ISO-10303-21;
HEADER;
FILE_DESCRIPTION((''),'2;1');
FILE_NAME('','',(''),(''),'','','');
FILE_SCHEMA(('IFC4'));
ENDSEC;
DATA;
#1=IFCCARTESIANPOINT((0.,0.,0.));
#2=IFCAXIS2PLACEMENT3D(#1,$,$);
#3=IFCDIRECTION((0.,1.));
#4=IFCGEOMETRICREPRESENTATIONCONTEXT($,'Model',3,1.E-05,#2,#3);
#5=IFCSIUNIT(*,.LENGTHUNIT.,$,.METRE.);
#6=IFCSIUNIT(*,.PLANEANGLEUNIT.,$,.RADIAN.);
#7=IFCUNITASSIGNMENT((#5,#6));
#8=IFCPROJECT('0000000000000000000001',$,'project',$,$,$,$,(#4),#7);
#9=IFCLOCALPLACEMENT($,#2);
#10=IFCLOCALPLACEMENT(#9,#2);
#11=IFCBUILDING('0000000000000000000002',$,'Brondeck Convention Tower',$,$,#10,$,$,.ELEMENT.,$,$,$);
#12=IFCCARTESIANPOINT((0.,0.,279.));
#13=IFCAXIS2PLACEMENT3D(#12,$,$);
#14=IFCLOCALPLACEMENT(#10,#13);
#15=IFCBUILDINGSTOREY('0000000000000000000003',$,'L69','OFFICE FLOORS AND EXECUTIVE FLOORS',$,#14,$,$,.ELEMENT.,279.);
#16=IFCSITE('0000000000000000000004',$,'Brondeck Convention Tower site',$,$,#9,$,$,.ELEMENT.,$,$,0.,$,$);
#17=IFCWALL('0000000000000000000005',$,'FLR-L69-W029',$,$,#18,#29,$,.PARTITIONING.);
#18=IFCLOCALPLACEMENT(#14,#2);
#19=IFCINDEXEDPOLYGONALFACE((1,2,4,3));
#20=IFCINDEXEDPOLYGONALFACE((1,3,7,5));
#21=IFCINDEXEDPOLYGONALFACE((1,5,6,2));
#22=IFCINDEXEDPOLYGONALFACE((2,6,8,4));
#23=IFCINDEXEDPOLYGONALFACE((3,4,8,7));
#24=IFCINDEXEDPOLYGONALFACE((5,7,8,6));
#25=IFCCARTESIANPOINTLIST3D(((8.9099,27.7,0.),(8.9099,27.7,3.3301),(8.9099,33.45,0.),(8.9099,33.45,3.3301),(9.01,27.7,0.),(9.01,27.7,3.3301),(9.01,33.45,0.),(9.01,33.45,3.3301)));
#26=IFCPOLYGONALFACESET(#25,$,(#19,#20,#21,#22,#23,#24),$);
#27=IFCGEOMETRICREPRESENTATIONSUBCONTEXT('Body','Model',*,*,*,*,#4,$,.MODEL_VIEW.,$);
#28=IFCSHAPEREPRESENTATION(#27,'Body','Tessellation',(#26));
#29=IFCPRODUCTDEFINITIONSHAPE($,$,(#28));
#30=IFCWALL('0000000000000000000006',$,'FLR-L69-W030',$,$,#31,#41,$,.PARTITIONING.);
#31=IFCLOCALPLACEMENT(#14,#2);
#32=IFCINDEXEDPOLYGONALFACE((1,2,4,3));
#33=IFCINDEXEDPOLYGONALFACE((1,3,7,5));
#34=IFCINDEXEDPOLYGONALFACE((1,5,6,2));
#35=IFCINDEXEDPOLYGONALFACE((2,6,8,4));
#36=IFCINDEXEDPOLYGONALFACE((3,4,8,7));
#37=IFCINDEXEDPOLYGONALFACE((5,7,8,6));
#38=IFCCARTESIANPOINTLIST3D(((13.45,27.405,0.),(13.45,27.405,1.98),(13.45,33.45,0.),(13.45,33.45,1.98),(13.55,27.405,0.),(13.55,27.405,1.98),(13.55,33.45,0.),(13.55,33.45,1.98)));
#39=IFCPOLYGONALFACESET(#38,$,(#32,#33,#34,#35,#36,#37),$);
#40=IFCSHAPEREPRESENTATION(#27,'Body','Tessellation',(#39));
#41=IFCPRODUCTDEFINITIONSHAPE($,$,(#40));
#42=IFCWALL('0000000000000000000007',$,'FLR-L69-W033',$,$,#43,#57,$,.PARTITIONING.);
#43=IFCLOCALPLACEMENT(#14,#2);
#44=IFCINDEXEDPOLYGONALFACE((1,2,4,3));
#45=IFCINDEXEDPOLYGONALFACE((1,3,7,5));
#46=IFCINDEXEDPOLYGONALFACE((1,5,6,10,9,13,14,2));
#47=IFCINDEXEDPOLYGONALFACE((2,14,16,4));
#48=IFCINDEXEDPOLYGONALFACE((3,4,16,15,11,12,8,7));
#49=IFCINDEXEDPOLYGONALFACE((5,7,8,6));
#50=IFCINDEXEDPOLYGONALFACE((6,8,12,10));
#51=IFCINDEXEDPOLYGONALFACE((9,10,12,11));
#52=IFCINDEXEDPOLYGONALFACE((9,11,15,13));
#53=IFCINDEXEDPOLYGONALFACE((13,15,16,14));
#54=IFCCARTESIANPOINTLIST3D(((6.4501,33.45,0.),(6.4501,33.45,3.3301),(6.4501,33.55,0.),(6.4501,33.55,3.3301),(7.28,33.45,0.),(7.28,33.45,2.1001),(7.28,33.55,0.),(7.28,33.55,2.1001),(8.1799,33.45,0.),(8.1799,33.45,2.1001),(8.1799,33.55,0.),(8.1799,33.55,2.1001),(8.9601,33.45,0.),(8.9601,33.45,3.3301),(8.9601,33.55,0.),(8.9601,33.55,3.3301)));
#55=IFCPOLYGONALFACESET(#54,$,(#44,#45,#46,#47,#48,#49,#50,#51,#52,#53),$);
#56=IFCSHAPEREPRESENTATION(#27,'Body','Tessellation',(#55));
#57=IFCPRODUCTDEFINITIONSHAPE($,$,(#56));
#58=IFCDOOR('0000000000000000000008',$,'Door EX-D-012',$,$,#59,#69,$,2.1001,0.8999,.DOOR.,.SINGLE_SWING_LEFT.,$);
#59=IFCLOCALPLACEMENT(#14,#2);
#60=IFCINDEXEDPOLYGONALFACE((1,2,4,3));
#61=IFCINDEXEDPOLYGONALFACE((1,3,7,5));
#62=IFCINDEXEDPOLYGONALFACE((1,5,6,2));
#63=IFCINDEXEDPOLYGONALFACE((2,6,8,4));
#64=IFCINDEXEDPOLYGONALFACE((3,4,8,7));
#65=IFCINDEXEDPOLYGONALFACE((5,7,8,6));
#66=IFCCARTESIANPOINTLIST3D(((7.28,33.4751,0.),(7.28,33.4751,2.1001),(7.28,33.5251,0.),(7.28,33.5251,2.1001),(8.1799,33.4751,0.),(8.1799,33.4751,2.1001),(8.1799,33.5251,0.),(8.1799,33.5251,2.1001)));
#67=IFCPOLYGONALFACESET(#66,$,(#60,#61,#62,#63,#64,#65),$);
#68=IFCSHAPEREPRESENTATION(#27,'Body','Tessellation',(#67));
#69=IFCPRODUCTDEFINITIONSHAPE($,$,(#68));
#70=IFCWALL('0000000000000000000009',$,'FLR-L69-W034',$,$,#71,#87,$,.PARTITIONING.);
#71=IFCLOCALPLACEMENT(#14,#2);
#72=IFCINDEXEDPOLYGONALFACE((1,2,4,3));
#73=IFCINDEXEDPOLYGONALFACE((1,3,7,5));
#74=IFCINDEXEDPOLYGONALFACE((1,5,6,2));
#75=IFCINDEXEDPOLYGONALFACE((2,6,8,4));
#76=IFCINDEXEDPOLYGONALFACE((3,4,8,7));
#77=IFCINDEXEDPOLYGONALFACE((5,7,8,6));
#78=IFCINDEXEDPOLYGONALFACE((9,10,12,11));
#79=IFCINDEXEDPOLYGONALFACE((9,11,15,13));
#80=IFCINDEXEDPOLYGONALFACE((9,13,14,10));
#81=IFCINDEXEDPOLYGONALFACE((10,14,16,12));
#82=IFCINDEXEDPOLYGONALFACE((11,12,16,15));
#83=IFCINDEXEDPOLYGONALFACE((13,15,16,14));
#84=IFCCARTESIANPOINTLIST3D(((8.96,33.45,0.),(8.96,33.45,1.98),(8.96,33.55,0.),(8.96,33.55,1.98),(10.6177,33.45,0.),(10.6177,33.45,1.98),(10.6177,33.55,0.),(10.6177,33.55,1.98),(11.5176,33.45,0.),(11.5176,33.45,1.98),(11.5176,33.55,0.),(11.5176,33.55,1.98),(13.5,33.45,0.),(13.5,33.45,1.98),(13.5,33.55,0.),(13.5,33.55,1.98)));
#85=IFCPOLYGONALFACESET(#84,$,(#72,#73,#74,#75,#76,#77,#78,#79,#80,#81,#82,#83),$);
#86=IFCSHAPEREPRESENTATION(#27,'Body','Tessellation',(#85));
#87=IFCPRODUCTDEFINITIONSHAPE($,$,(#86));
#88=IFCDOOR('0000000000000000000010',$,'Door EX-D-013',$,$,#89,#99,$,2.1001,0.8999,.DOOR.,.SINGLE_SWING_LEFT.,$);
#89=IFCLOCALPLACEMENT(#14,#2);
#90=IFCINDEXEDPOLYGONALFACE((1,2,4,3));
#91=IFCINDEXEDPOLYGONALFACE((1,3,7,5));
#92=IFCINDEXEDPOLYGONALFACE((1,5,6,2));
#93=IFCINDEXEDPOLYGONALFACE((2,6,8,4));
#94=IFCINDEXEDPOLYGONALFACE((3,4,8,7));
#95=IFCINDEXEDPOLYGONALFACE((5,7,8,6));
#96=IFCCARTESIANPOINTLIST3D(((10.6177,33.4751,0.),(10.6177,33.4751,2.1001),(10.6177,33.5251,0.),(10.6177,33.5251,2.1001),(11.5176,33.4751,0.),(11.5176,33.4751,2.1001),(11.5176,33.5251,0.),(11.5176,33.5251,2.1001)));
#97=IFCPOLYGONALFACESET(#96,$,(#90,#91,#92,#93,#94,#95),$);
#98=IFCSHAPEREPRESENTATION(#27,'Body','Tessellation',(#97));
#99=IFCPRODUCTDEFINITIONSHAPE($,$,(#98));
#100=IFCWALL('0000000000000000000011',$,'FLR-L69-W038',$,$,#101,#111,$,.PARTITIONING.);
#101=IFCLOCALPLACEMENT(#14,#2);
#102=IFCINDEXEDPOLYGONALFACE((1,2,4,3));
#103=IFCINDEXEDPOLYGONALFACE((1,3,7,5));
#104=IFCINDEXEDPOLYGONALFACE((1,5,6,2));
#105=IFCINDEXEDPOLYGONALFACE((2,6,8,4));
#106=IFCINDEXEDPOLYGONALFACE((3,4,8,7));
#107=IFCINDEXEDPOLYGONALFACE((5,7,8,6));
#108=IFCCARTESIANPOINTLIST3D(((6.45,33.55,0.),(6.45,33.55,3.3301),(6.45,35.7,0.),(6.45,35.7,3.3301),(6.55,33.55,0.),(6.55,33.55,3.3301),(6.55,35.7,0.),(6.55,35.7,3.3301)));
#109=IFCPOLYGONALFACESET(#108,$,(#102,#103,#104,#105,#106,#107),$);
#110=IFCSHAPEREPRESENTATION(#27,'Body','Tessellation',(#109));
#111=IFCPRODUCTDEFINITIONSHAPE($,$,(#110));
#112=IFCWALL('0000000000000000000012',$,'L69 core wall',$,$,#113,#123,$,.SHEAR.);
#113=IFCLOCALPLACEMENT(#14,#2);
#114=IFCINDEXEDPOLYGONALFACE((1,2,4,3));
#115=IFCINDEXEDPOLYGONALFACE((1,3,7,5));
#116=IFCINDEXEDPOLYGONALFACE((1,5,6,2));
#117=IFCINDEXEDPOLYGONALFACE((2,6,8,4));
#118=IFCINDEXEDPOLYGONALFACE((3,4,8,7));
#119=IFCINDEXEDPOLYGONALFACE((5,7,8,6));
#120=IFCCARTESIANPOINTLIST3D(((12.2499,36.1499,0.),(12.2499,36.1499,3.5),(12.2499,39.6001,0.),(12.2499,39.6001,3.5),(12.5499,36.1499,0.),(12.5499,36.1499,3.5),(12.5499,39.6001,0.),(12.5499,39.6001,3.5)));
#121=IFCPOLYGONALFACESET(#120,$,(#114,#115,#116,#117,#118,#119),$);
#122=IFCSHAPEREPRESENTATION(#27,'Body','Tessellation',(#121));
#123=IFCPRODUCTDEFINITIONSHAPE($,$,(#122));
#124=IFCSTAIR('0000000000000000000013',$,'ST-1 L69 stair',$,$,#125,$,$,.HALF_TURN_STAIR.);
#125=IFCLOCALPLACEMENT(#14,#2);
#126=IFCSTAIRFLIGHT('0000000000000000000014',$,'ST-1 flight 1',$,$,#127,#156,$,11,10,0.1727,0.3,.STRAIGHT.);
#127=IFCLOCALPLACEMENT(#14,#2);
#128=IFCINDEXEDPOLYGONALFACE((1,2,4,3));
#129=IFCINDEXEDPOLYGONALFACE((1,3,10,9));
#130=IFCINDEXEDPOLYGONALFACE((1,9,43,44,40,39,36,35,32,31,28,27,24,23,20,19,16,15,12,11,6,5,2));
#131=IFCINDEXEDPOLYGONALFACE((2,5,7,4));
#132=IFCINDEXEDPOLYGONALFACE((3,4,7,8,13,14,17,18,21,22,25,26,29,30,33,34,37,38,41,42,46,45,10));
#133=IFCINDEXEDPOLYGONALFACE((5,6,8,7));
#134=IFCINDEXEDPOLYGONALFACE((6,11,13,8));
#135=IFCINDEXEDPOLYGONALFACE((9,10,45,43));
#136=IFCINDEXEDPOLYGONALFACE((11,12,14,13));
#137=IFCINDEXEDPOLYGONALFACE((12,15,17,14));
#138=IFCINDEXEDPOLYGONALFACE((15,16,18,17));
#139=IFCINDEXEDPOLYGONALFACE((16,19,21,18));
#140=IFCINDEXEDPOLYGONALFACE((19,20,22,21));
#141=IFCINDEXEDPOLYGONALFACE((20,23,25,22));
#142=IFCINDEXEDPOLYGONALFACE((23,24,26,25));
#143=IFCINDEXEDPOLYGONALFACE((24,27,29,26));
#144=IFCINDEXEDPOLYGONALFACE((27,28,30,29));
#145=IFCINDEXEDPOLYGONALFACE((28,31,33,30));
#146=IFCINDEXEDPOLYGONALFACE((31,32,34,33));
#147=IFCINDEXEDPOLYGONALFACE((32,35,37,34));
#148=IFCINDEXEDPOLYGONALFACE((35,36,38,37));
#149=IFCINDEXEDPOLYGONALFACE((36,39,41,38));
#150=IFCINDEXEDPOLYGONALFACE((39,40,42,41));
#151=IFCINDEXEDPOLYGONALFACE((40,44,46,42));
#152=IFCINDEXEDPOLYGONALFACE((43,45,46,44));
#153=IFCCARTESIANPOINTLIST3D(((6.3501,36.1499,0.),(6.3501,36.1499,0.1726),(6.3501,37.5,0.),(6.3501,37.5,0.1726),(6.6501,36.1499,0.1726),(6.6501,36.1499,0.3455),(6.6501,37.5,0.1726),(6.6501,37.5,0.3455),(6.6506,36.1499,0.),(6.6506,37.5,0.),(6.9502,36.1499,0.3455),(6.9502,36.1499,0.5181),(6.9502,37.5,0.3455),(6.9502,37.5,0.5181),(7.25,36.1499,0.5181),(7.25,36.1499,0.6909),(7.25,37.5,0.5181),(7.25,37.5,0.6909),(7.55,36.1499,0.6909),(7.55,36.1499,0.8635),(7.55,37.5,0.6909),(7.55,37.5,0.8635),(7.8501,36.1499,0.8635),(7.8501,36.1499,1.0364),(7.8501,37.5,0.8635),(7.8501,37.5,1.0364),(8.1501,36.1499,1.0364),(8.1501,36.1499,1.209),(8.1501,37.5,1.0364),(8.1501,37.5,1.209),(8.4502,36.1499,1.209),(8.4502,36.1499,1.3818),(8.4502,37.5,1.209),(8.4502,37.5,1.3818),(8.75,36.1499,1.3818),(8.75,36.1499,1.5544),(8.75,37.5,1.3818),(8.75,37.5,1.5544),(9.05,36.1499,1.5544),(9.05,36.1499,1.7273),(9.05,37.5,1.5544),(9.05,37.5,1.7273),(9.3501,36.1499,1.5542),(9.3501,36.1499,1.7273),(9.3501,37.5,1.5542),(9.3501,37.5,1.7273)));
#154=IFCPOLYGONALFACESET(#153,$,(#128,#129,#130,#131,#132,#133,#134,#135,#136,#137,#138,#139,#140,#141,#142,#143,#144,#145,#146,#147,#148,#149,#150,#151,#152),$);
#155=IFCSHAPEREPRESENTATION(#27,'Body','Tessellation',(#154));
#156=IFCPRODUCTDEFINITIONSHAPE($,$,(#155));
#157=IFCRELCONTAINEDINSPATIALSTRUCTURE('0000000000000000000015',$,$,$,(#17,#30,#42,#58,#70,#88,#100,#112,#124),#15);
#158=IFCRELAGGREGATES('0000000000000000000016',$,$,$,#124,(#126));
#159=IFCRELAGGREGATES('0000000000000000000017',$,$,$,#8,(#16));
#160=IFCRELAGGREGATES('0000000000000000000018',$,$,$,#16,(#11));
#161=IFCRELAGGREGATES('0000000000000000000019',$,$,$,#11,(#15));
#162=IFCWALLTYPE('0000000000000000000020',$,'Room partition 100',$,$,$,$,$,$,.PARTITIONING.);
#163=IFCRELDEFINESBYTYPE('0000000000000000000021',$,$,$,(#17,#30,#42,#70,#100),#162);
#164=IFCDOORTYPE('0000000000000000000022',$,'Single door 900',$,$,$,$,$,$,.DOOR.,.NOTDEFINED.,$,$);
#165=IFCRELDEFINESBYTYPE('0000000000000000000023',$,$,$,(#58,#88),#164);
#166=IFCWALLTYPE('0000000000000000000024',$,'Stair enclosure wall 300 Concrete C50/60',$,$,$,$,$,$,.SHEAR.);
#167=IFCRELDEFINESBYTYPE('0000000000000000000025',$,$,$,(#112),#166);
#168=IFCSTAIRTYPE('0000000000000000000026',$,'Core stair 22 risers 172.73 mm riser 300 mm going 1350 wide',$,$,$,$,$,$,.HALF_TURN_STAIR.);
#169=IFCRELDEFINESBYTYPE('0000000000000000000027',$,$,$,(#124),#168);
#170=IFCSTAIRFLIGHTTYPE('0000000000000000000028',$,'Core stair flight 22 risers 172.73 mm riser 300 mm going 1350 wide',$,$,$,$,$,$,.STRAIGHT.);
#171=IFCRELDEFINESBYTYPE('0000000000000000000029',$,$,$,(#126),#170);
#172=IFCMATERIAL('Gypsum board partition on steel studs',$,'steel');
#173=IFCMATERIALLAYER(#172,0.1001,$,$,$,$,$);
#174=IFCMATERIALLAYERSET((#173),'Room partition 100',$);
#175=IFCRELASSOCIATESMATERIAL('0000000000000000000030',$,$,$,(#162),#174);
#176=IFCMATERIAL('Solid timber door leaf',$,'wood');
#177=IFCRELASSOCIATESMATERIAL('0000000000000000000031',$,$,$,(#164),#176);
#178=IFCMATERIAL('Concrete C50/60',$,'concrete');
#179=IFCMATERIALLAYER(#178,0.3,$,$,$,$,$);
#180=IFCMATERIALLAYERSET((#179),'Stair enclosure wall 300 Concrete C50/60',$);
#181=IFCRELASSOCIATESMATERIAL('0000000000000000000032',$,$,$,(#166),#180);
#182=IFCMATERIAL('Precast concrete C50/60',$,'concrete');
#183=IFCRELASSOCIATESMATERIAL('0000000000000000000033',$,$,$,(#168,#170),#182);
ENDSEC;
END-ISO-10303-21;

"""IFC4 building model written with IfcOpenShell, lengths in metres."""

from ifc_helpers import new_model, si_unit, direction, frame, frame_2d, origin, place, context, subcontext, project, spatial, polyline, rectangle, outline, extrude, material, layer, layer_set, type_object, element, fill, aggregate, save


model = new_model("IFC4")

# Units and contexts
model_context = context("Model", 3, precision=1e-05, world=origin(), true_north=direction((0.0, 1.0)))
body_context = subcontext(model_context, "Body", "Model", "MODEL_VIEW")
ifc_project = project(units=[si_unit("LENGTHUNIT", "METRE"), si_unit("PLANEANGLEUNIT", "RADIAN")], contexts=[model_context])

# Site, building, storey
site_placement = place(None, origin())
site = spatial("IfcSite", under=ifc_project, at=site_placement, Name="Brondeck Convention Tower site", CompositionType="ELEMENT", RefElevation=0.0)
building_placement = place(site_placement, origin())
building = spatial("IfcBuilding", under=site, at=building_placement, Name="Brondeck Convention Tower", CompositionType="ELEMENT")
storey_placement = place(building_placement, frame((0.0, 0.0, 279.0)))
storey = spatial("IfcBuildingStorey", under=building, at=storey_placement, Name="L69", Description="OFFICE FLOORS AND EXECUTIVE FLOORS", CompositionType="ELEMENT", Elevation=279.0)

# Shared definitions
ifc_material_1 = material(Name="Concrete C50/60", Category="concrete")

# Walls
ifc_material_2 = material(Name="Gypsum board partition on steel studs", Category="steel")
ifc_layer_1 = layer(ifc_material_2, 0.1001)
ifc_layer_set_1 = layer_set([ifc_layer_1], Name="Room partition 100")
wall_type_1 = type_object("IfcWallType", Name="Room partition 100", PredefinedType="PARTITIONING", material=ifc_layer_set_1)
wall_1_placement = place(storey_placement, frame((8.96, 33.45, 0.0), z_axis=(0.0, 0.0, 1.0), x_axis=(0.0, -1.0, 0.0)))
element("IfcWall", 1, at=wall_1_placement, inside=storey, type_object=wall_type_1, Name="FLR-L69-W029", PredefinedType="PARTITIONING", context=body_context, shape_type="SweptSolid", body=[
    extrude(rectangle(XDim=5.75, YDim=0.1001, at=frame_2d((2.875, 0.0))), origin(), (0.0, 0.0, 1.0), 3.3301),
])
wall_2_placement = place(storey_placement, frame((13.5, 33.45, 0.0), z_axis=(0.0, 0.0, 1.0), x_axis=(0.0, -1.0, 0.0)))
element("IfcWall", 2, at=wall_2_placement, inside=storey, type_object=wall_type_1, Name="FLR-L69-W030", PredefinedType="PARTITIONING", context=body_context, shape_type="SweptSolid", body=[
    extrude(rectangle(XDim=6.0449, YDim=0.1001, at=frame_2d((3.0225, 0.0))), origin(), (0.0, 0.0, 1.0), 1.98),
])

# Walls, openings, doors
wall_3_placement = place(storey_placement, frame((8.96, 33.5, 0.0), z_axis=(0.0, 0.0, 1.0), x_axis=(-1.0, 0.0, 0.0)))
wall_3 = element("IfcWall", 3, at=wall_3_placement, inside=storey, type_object=wall_type_1, Name="FLR-L69-W033", PredefinedType="PARTITIONING", context=body_context, shape_type="SweptSolid", body=[
    extrude(rectangle(XDim=2.51, YDim=0.1001, at=frame_2d((1.2549, 0.0))), origin(), (0.0, 0.0, 1.0), 3.3301),
])
opening_1_placement = place(wall_3_placement, frame((0.78, 0.0, 0.0)))
opening_1 = element("IfcOpeningElement", 4, at=opening_1_placement, cuts=wall_3, PredefinedType="OPENING", context=body_context, shape_type="SweptSolid", body=[
    extrude(rectangle(XDim=0.8999, YDim=2.1001, at=frame_2d((0.45, 1.05))), frame((0.0, 0.0601, 0.0), z_axis=(0.0, -1.0, 0.0), x_axis=(1.0, 0.0, 0.0)), (0.0, 0.0, 1.0), 0.1201),
])
ifc_material_3 = material(Name="Solid timber door leaf", Category="wood")
door_type_1 = type_object("IfcDoorType", Name="Single door 900", OperationType="NOTDEFINED", PredefinedType="DOOR", material=ifc_material_3)
door_1_placement = place(opening_1_placement, origin())
door_1 = element("IfcDoor", 5, at=door_1_placement, inside=storey, type_object=door_type_1, Name="Door EX-D-012", OperationType="SINGLE_SWING_LEFT", OverallHeight=2.1001, OverallWidth=0.8999, PredefinedType="DOOR", context=body_context, shape_type="SweptSolid", body=[
    extrude(rectangle(XDim=0.8999, YDim=2.1001, at=frame_2d((0.45, 1.05))), frame((0.0, 0.0249, 0.0), z_axis=(0.0, -1.0, 0.0), x_axis=(1.0, 0.0, 0.0)), (0.0, 0.0, 1.0), 0.05),
])
fill(opening_1, door_1)
wall_4_placement = place(storey_placement, frame((13.5, 33.5, 0.0), z_axis=(0.0, 0.0, 1.0), x_axis=(-1.0, 0.0, 0.0)))
wall_4 = element("IfcWall", 6, at=wall_4_placement, inside=storey, type_object=wall_type_1, Name="FLR-L69-W034", PredefinedType="PARTITIONING", context=body_context, shape_type="SweptSolid", body=[
    extrude(rectangle(XDim=4.54, YDim=0.1001, at=frame_2d((2.27, 0.0))), origin(), (0.0, 0.0, 1.0), 1.98),
])
opening_2_placement = place(wall_4_placement, frame((1.9824, 0.0, 0.0)))
opening_2 = element("IfcOpeningElement", 7, at=opening_2_placement, cuts=wall_4, PredefinedType="OPENING", context=body_context, shape_type="SweptSolid", body=[
    extrude(rectangle(XDim=0.8999, YDim=2.1001, at=frame_2d((0.45, 1.05))), frame((0.0, 0.0601, 0.0), z_axis=(0.0, -1.0, 0.0), x_axis=(1.0, 0.0, 0.0)), (0.0, 0.0, 1.0), 0.1201),
])
door_2_placement = place(opening_2_placement, origin())
door_2 = element("IfcDoor", 8, at=door_2_placement, inside=storey, type_object=door_type_1, Name="Door EX-D-013", OperationType="SINGLE_SWING_LEFT", OverallHeight=2.1001, OverallWidth=0.8999, PredefinedType="DOOR", context=body_context, shape_type="SweptSolid", body=[
    extrude(rectangle(XDim=0.8999, YDim=2.1001, at=frame_2d((0.45, 1.05))), frame((0.0, 0.0249, 0.0), z_axis=(0.0, -1.0, 0.0), x_axis=(1.0, 0.0, 0.0)), (0.0, 0.0, 1.0), 0.05),
])
fill(opening_2, door_2)

# Walls
wall_5_placement = place(storey_placement, frame((6.5, 33.55, 0.0), z_axis=(0.0, 0.0, 1.0), x_axis=(0.0, 1.0, 0.0)))
element("IfcWall", 9, at=wall_5_placement, inside=storey, type_object=wall_type_1, Name="FLR-L69-W038", PredefinedType="PARTITIONING", context=body_context, shape_type="SweptSolid", body=[
    extrude(rectangle(XDim=2.1499, YDim=0.1001, at=frame_2d((1.075, 0.0))), origin(), (0.0, 0.0, 1.0), 3.3301),
])
ifc_layer_2 = layer(ifc_material_1, 0.3)
ifc_layer_set_2 = layer_set([ifc_layer_2], Name="Stair enclosure wall 300 Concrete C50/60")
wall_type_2 = type_object("IfcWallType", Name="Stair enclosure wall 300 Concrete C50/60", PredefinedType="SHEAR", material=ifc_layer_set_2)
wall_6_placement = place(storey_placement, frame((12.3999, 36.1499, 0.0), z_axis=(0.0, 0.0, 1.0), x_axis=(0.0, 1.0, 0.0)))
element("IfcWall", 10, at=wall_6_placement, inside=storey, type_object=wall_type_2, Name="L69 core wall", PredefinedType="SHEAR", context=body_context, shape_type="SweptSolid", body=[
    extrude(rectangle(XDim=3.4502, YDim=0.3, at=frame_2d((1.7251, 0.0))), origin(), (0.0, 0.0, 1.0), 3.5),
])

# Stair, stair flight
ifc_material_4 = material(Name="Precast concrete C50/60", Category="concrete")
stair_type = type_object("IfcStairType", Name="Core stair 22 risers 172.73 mm riser 300 mm going 1350 wide", PredefinedType="HALF_TURN_STAIR", material=ifc_material_4)
stair_placement = place(storey_placement, origin())
stair = element("IfcStair", 11, at=stair_placement, inside=storey, type_object=stair_type, Name="ST-1 L69 stair", PredefinedType="HALF_TURN_STAIR")
stair_flight_type = type_object("IfcStairFlightType", Name="Core stair flight 22 risers 172.73 mm riser 300 mm going 1350 wide", PredefinedType="STRAIGHT", material=ifc_material_4)
stair_flight_1_placement = place(storey_placement, frame((6.3501, 36.825, 0.0), z_axis=(0.0, 0.0, 1.0), x_axis=(1.0, 0.0, 0.0)))
stair_flight_1 = element("IfcStairFlight", 12, at=stair_flight_1_placement, type_object=stair_flight_type, Name="ST-1 flight 1", NumberOfRisers=11, NumberOfTreads=10, PredefinedType="STRAIGHT", RiserHeight=0.1727, TreadLength=0.3, context=body_context, shape_type="SweptSolid", body=[
    extrude(outline(polyline([(0.0, 0.0), (0.0, 0.1726), (0.3, 0.1726), (0.3, 0.3455), (0.6001, 0.3455), (0.6001, 0.5181), (0.8999, 0.5181), (0.8999, 0.6909), (1.2, 0.6909), (1.2, 0.8635), (1.5, 0.8635), (1.5, 1.0364), (1.8, 1.0364), (1.8, 1.209), (2.1001, 1.209), (2.1001, 1.3818), (2.3999, 1.3818), (2.3999, 1.5544), (2.7, 1.5544), (2.7, 1.7273), (3.0, 1.7273), (3.0, 1.8999), (3.0, 1.5542), (0.3005, 0.0), (0.0, 0.0)])), frame((0.0, 0.675, 0.0), z_axis=(0.0, -1.0, 0.0), x_axis=(1.0, 0.0, 0.0)), (0.0, 0.0, 1.0), 1.3501),
])
aggregate(stair, [stair_flight_1])

save(model, "model.ifc")
